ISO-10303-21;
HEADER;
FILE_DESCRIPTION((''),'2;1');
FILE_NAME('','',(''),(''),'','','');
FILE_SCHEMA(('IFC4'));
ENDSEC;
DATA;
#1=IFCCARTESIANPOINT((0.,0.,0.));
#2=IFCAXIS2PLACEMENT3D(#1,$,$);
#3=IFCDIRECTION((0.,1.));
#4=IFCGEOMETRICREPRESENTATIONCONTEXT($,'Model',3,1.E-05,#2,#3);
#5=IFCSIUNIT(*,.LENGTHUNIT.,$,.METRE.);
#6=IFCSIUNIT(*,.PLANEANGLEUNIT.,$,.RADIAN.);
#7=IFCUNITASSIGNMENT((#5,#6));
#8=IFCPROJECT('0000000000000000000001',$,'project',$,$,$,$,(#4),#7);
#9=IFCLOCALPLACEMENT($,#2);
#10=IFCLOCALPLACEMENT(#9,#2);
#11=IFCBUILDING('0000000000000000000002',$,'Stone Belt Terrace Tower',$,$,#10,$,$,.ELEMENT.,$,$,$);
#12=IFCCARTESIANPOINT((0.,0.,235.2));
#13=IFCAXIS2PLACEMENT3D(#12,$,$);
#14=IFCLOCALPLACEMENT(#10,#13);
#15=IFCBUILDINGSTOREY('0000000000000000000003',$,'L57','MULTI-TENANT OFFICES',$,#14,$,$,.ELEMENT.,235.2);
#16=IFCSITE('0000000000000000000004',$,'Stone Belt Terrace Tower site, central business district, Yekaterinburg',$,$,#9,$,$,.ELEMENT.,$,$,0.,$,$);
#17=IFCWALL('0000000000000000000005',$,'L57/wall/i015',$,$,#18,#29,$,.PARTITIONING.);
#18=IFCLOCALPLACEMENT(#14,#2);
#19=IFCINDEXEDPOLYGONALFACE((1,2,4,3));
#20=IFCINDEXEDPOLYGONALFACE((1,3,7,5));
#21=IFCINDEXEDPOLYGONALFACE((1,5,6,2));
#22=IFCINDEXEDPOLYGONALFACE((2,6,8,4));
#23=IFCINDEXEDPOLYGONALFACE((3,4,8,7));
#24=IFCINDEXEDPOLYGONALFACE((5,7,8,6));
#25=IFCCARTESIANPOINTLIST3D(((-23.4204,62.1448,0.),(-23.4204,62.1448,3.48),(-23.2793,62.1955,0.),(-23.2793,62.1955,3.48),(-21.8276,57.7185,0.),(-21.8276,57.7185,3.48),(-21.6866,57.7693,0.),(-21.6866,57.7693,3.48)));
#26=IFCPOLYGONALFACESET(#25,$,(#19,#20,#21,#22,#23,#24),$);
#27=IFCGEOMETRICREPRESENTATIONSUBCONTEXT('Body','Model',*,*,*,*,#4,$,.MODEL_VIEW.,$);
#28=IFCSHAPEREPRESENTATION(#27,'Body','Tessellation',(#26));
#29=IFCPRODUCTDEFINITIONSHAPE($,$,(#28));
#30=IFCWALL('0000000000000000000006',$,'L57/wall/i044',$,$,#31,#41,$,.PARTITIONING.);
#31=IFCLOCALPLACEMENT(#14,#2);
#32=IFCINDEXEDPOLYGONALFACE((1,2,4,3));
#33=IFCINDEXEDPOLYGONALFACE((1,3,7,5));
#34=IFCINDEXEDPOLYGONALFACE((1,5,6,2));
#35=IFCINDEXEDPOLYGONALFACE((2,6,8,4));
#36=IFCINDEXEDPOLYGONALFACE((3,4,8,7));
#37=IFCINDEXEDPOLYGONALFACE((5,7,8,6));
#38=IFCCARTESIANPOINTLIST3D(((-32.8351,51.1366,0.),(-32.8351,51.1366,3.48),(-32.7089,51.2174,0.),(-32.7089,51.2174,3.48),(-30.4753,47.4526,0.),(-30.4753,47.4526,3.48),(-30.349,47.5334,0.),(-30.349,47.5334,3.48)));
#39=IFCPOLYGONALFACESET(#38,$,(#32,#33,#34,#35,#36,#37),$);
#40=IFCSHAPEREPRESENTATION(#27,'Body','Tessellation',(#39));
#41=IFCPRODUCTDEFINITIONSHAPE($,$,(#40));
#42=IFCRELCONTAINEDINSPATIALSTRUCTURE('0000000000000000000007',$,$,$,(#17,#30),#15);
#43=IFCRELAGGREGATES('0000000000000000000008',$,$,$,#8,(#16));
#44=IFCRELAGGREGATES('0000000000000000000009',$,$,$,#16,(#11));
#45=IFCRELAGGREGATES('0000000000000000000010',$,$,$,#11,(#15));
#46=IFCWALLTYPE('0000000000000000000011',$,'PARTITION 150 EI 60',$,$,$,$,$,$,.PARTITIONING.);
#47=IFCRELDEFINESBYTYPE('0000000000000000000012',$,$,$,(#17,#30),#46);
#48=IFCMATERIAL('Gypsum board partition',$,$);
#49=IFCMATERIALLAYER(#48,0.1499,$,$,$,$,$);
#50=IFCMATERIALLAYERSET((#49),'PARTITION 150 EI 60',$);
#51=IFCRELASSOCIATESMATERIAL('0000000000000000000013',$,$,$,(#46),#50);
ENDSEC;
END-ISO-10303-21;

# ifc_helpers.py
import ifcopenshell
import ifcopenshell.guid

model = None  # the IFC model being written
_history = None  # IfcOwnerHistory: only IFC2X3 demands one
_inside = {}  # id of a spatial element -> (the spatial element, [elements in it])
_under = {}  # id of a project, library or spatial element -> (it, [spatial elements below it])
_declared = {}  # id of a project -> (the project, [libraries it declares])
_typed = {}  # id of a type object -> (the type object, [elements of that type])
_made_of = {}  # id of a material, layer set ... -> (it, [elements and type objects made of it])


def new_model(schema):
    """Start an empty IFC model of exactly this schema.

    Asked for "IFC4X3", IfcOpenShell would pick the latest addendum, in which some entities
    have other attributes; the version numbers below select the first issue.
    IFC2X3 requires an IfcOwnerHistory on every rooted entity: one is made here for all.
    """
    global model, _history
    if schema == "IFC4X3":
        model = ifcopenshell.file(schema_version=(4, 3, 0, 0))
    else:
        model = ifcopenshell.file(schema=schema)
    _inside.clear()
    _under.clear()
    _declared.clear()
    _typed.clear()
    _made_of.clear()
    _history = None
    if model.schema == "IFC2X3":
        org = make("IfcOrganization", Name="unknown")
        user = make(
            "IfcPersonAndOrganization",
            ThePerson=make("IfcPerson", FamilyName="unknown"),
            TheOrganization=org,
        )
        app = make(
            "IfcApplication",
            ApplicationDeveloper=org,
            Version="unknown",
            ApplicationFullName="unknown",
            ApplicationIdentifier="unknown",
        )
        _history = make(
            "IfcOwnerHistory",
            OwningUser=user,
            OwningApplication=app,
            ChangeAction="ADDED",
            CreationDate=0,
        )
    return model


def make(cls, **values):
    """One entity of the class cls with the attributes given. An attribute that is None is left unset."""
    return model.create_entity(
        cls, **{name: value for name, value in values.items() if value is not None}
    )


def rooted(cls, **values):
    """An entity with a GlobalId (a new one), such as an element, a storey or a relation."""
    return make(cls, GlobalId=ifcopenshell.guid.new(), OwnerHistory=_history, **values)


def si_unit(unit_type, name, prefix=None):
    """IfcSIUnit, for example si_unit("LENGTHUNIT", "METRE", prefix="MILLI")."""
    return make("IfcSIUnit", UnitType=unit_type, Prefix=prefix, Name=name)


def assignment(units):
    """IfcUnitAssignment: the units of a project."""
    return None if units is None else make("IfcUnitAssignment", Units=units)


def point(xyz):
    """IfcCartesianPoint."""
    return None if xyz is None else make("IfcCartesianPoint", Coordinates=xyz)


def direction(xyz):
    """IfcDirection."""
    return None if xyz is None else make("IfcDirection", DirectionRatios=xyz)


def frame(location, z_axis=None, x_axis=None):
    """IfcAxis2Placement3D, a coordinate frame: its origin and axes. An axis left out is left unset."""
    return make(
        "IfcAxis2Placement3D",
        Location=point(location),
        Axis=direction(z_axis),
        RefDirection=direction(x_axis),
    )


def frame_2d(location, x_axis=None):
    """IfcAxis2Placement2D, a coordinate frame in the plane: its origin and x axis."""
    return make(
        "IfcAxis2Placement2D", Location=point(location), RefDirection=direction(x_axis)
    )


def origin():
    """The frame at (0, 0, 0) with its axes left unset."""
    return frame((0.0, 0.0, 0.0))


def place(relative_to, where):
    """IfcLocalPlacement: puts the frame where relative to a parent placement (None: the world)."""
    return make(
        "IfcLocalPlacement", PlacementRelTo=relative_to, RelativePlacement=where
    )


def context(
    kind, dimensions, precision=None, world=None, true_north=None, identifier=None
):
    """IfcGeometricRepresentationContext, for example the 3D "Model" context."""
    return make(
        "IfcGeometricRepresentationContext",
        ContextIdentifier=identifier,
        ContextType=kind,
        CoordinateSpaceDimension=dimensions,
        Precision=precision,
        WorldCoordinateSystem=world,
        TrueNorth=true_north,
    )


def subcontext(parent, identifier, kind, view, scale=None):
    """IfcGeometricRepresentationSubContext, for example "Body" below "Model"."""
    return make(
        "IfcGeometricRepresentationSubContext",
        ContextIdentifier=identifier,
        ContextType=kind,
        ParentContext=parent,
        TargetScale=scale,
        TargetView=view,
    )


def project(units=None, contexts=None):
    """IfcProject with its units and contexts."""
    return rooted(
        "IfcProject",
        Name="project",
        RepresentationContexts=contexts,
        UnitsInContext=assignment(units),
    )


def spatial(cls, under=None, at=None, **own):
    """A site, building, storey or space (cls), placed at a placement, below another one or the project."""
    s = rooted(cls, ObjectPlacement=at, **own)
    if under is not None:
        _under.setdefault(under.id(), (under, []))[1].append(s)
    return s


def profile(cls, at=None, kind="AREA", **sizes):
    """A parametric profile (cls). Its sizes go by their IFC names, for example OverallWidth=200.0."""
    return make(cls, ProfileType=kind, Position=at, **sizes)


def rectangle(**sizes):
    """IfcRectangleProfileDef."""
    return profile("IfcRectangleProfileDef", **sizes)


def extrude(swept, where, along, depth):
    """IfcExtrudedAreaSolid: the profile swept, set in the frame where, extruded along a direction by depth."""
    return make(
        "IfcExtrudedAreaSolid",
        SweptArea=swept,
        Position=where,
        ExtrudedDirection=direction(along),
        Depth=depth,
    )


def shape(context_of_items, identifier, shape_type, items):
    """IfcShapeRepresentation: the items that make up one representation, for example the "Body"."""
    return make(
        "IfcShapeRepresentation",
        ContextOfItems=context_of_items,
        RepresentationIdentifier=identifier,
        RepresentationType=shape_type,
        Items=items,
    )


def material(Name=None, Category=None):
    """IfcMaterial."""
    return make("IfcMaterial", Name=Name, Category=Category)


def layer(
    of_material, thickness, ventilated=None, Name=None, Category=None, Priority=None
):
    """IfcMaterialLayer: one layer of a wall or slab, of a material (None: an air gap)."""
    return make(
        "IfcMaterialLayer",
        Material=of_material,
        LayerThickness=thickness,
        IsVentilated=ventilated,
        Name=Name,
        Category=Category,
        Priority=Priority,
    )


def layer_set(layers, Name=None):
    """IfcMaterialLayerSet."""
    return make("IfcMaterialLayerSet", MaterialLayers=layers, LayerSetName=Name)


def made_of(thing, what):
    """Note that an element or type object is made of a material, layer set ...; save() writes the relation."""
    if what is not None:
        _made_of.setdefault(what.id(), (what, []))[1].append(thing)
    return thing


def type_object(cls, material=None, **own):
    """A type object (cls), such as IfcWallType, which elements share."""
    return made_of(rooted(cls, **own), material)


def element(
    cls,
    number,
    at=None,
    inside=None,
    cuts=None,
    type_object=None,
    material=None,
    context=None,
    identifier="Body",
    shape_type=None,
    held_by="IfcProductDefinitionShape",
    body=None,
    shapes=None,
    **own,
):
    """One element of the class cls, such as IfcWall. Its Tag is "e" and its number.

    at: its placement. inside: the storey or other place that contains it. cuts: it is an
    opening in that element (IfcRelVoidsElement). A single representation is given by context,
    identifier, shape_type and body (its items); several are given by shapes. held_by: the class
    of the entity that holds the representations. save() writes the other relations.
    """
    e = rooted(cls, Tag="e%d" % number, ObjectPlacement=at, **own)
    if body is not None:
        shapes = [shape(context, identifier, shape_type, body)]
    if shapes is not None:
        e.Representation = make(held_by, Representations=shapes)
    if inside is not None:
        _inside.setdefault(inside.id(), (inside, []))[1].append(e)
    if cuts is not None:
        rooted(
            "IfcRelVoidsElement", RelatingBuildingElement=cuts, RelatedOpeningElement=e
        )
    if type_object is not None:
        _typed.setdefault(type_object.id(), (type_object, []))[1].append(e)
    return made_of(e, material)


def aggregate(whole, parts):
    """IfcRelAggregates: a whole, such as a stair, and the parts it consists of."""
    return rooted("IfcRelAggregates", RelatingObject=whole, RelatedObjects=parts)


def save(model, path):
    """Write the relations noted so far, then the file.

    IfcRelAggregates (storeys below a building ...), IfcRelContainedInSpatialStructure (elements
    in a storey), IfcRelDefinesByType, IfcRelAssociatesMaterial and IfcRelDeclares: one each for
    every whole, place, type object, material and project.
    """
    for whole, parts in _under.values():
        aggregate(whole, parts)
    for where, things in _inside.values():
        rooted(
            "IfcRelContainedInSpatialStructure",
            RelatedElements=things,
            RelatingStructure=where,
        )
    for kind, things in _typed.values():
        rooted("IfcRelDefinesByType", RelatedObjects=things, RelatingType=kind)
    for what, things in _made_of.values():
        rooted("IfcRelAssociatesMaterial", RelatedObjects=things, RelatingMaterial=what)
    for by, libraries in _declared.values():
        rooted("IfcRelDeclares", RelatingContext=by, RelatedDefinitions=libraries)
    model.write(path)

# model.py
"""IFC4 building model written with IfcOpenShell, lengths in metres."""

from ifc_helpers import new_model, si_unit, direction, frame, frame_2d, origin, place, context, subcontext, project, spatial, rectangle, extrude, material, layer, layer_set, type_object, element, save


model = new_model("IFC4")

# Units and contexts
model_context = context("Model", 3, precision=1e-05, world=origin(), true_north=direction((0.0, 1.0)))
body_context = subcontext(model_context, "Body", "Model", "MODEL_VIEW")
ifc_project = project(units=[si_unit("LENGTHUNIT", "METRE"), si_unit("PLANEANGLEUNIT", "RADIAN")], contexts=[model_context])

# Site, building, storey
site_placement = place(None, origin())
site = spatial("IfcSite", under=ifc_project, at=site_placement, Name="Stone Belt Terrace Tower site, central business district, Yekaterinburg", CompositionType="ELEMENT", RefElevation=0.0)
building_placement = place(site_placement, origin())
building = spatial("IfcBuilding", under=site, at=building_placement, Name="Stone Belt Terrace Tower", CompositionType="ELEMENT")
storey_placement = place(building_placement, frame((0.0, 0.0, 235.2)))
storey = spatial("IfcBuildingStorey", under=building, at=storey_placement, Name="L57", Description="MULTI-TENANT OFFICES", CompositionType="ELEMENT", Elevation=235.2)

# Shared definitions
ifc_material_1 = material(Name="Gypsum board partition")
ifc_layer_1 = layer(ifc_material_1, 0.1499)
ifc_layer_set_1 = layer_set([ifc_layer_1], Name="PARTITION 150 EI 60")
wall_type_1 = type_object("IfcWallType", Name="PARTITION 150 EI 60", PredefinedType="PARTITIONING", material=ifc_layer_set_1)

# Walls
wall_1_placement = place(storey_placement, frame((-23.3499, 62.1702, 0.0), z_axis=(0.0, 0.0, 1.0), x_axis=(0.338591, -0.940934, 0.0)))
element("IfcWall", 1, at=wall_1_placement, inside=storey, type_object=wall_type_1, Name="L57/wall/i015", PredefinedType="PARTITIONING", context=body_context, shape_type="SweptSolid", body=[
    extrude(rectangle(XDim=4.7041, YDim=0.1499, at=frame_2d((2.3521, 0.0))), origin(), (0.0, 0.0, 1.0), 3.48),
])
wall_2_placement = place(storey_placement, frame((-32.772, 51.177, 0.0), z_axis=(0.0, 0.0, 1.0), x_axis=(0.539386, -0.842059, 0.0)))
element("IfcWall", 2, at=wall_2_placement, inside=storey, type_object=wall_type_1, Name="L57/wall/i044", PredefinedType="PARTITIONING", context=body_context, shape_type="SweptSolid", body=[
    extrude(rectangle(XDim=4.375, YDim=0.1499, at=frame_2d((2.1875, 0.0))), origin(), (0.0, 0.0, 1.0), 3.48),
])

save(model, "model.ifc")
